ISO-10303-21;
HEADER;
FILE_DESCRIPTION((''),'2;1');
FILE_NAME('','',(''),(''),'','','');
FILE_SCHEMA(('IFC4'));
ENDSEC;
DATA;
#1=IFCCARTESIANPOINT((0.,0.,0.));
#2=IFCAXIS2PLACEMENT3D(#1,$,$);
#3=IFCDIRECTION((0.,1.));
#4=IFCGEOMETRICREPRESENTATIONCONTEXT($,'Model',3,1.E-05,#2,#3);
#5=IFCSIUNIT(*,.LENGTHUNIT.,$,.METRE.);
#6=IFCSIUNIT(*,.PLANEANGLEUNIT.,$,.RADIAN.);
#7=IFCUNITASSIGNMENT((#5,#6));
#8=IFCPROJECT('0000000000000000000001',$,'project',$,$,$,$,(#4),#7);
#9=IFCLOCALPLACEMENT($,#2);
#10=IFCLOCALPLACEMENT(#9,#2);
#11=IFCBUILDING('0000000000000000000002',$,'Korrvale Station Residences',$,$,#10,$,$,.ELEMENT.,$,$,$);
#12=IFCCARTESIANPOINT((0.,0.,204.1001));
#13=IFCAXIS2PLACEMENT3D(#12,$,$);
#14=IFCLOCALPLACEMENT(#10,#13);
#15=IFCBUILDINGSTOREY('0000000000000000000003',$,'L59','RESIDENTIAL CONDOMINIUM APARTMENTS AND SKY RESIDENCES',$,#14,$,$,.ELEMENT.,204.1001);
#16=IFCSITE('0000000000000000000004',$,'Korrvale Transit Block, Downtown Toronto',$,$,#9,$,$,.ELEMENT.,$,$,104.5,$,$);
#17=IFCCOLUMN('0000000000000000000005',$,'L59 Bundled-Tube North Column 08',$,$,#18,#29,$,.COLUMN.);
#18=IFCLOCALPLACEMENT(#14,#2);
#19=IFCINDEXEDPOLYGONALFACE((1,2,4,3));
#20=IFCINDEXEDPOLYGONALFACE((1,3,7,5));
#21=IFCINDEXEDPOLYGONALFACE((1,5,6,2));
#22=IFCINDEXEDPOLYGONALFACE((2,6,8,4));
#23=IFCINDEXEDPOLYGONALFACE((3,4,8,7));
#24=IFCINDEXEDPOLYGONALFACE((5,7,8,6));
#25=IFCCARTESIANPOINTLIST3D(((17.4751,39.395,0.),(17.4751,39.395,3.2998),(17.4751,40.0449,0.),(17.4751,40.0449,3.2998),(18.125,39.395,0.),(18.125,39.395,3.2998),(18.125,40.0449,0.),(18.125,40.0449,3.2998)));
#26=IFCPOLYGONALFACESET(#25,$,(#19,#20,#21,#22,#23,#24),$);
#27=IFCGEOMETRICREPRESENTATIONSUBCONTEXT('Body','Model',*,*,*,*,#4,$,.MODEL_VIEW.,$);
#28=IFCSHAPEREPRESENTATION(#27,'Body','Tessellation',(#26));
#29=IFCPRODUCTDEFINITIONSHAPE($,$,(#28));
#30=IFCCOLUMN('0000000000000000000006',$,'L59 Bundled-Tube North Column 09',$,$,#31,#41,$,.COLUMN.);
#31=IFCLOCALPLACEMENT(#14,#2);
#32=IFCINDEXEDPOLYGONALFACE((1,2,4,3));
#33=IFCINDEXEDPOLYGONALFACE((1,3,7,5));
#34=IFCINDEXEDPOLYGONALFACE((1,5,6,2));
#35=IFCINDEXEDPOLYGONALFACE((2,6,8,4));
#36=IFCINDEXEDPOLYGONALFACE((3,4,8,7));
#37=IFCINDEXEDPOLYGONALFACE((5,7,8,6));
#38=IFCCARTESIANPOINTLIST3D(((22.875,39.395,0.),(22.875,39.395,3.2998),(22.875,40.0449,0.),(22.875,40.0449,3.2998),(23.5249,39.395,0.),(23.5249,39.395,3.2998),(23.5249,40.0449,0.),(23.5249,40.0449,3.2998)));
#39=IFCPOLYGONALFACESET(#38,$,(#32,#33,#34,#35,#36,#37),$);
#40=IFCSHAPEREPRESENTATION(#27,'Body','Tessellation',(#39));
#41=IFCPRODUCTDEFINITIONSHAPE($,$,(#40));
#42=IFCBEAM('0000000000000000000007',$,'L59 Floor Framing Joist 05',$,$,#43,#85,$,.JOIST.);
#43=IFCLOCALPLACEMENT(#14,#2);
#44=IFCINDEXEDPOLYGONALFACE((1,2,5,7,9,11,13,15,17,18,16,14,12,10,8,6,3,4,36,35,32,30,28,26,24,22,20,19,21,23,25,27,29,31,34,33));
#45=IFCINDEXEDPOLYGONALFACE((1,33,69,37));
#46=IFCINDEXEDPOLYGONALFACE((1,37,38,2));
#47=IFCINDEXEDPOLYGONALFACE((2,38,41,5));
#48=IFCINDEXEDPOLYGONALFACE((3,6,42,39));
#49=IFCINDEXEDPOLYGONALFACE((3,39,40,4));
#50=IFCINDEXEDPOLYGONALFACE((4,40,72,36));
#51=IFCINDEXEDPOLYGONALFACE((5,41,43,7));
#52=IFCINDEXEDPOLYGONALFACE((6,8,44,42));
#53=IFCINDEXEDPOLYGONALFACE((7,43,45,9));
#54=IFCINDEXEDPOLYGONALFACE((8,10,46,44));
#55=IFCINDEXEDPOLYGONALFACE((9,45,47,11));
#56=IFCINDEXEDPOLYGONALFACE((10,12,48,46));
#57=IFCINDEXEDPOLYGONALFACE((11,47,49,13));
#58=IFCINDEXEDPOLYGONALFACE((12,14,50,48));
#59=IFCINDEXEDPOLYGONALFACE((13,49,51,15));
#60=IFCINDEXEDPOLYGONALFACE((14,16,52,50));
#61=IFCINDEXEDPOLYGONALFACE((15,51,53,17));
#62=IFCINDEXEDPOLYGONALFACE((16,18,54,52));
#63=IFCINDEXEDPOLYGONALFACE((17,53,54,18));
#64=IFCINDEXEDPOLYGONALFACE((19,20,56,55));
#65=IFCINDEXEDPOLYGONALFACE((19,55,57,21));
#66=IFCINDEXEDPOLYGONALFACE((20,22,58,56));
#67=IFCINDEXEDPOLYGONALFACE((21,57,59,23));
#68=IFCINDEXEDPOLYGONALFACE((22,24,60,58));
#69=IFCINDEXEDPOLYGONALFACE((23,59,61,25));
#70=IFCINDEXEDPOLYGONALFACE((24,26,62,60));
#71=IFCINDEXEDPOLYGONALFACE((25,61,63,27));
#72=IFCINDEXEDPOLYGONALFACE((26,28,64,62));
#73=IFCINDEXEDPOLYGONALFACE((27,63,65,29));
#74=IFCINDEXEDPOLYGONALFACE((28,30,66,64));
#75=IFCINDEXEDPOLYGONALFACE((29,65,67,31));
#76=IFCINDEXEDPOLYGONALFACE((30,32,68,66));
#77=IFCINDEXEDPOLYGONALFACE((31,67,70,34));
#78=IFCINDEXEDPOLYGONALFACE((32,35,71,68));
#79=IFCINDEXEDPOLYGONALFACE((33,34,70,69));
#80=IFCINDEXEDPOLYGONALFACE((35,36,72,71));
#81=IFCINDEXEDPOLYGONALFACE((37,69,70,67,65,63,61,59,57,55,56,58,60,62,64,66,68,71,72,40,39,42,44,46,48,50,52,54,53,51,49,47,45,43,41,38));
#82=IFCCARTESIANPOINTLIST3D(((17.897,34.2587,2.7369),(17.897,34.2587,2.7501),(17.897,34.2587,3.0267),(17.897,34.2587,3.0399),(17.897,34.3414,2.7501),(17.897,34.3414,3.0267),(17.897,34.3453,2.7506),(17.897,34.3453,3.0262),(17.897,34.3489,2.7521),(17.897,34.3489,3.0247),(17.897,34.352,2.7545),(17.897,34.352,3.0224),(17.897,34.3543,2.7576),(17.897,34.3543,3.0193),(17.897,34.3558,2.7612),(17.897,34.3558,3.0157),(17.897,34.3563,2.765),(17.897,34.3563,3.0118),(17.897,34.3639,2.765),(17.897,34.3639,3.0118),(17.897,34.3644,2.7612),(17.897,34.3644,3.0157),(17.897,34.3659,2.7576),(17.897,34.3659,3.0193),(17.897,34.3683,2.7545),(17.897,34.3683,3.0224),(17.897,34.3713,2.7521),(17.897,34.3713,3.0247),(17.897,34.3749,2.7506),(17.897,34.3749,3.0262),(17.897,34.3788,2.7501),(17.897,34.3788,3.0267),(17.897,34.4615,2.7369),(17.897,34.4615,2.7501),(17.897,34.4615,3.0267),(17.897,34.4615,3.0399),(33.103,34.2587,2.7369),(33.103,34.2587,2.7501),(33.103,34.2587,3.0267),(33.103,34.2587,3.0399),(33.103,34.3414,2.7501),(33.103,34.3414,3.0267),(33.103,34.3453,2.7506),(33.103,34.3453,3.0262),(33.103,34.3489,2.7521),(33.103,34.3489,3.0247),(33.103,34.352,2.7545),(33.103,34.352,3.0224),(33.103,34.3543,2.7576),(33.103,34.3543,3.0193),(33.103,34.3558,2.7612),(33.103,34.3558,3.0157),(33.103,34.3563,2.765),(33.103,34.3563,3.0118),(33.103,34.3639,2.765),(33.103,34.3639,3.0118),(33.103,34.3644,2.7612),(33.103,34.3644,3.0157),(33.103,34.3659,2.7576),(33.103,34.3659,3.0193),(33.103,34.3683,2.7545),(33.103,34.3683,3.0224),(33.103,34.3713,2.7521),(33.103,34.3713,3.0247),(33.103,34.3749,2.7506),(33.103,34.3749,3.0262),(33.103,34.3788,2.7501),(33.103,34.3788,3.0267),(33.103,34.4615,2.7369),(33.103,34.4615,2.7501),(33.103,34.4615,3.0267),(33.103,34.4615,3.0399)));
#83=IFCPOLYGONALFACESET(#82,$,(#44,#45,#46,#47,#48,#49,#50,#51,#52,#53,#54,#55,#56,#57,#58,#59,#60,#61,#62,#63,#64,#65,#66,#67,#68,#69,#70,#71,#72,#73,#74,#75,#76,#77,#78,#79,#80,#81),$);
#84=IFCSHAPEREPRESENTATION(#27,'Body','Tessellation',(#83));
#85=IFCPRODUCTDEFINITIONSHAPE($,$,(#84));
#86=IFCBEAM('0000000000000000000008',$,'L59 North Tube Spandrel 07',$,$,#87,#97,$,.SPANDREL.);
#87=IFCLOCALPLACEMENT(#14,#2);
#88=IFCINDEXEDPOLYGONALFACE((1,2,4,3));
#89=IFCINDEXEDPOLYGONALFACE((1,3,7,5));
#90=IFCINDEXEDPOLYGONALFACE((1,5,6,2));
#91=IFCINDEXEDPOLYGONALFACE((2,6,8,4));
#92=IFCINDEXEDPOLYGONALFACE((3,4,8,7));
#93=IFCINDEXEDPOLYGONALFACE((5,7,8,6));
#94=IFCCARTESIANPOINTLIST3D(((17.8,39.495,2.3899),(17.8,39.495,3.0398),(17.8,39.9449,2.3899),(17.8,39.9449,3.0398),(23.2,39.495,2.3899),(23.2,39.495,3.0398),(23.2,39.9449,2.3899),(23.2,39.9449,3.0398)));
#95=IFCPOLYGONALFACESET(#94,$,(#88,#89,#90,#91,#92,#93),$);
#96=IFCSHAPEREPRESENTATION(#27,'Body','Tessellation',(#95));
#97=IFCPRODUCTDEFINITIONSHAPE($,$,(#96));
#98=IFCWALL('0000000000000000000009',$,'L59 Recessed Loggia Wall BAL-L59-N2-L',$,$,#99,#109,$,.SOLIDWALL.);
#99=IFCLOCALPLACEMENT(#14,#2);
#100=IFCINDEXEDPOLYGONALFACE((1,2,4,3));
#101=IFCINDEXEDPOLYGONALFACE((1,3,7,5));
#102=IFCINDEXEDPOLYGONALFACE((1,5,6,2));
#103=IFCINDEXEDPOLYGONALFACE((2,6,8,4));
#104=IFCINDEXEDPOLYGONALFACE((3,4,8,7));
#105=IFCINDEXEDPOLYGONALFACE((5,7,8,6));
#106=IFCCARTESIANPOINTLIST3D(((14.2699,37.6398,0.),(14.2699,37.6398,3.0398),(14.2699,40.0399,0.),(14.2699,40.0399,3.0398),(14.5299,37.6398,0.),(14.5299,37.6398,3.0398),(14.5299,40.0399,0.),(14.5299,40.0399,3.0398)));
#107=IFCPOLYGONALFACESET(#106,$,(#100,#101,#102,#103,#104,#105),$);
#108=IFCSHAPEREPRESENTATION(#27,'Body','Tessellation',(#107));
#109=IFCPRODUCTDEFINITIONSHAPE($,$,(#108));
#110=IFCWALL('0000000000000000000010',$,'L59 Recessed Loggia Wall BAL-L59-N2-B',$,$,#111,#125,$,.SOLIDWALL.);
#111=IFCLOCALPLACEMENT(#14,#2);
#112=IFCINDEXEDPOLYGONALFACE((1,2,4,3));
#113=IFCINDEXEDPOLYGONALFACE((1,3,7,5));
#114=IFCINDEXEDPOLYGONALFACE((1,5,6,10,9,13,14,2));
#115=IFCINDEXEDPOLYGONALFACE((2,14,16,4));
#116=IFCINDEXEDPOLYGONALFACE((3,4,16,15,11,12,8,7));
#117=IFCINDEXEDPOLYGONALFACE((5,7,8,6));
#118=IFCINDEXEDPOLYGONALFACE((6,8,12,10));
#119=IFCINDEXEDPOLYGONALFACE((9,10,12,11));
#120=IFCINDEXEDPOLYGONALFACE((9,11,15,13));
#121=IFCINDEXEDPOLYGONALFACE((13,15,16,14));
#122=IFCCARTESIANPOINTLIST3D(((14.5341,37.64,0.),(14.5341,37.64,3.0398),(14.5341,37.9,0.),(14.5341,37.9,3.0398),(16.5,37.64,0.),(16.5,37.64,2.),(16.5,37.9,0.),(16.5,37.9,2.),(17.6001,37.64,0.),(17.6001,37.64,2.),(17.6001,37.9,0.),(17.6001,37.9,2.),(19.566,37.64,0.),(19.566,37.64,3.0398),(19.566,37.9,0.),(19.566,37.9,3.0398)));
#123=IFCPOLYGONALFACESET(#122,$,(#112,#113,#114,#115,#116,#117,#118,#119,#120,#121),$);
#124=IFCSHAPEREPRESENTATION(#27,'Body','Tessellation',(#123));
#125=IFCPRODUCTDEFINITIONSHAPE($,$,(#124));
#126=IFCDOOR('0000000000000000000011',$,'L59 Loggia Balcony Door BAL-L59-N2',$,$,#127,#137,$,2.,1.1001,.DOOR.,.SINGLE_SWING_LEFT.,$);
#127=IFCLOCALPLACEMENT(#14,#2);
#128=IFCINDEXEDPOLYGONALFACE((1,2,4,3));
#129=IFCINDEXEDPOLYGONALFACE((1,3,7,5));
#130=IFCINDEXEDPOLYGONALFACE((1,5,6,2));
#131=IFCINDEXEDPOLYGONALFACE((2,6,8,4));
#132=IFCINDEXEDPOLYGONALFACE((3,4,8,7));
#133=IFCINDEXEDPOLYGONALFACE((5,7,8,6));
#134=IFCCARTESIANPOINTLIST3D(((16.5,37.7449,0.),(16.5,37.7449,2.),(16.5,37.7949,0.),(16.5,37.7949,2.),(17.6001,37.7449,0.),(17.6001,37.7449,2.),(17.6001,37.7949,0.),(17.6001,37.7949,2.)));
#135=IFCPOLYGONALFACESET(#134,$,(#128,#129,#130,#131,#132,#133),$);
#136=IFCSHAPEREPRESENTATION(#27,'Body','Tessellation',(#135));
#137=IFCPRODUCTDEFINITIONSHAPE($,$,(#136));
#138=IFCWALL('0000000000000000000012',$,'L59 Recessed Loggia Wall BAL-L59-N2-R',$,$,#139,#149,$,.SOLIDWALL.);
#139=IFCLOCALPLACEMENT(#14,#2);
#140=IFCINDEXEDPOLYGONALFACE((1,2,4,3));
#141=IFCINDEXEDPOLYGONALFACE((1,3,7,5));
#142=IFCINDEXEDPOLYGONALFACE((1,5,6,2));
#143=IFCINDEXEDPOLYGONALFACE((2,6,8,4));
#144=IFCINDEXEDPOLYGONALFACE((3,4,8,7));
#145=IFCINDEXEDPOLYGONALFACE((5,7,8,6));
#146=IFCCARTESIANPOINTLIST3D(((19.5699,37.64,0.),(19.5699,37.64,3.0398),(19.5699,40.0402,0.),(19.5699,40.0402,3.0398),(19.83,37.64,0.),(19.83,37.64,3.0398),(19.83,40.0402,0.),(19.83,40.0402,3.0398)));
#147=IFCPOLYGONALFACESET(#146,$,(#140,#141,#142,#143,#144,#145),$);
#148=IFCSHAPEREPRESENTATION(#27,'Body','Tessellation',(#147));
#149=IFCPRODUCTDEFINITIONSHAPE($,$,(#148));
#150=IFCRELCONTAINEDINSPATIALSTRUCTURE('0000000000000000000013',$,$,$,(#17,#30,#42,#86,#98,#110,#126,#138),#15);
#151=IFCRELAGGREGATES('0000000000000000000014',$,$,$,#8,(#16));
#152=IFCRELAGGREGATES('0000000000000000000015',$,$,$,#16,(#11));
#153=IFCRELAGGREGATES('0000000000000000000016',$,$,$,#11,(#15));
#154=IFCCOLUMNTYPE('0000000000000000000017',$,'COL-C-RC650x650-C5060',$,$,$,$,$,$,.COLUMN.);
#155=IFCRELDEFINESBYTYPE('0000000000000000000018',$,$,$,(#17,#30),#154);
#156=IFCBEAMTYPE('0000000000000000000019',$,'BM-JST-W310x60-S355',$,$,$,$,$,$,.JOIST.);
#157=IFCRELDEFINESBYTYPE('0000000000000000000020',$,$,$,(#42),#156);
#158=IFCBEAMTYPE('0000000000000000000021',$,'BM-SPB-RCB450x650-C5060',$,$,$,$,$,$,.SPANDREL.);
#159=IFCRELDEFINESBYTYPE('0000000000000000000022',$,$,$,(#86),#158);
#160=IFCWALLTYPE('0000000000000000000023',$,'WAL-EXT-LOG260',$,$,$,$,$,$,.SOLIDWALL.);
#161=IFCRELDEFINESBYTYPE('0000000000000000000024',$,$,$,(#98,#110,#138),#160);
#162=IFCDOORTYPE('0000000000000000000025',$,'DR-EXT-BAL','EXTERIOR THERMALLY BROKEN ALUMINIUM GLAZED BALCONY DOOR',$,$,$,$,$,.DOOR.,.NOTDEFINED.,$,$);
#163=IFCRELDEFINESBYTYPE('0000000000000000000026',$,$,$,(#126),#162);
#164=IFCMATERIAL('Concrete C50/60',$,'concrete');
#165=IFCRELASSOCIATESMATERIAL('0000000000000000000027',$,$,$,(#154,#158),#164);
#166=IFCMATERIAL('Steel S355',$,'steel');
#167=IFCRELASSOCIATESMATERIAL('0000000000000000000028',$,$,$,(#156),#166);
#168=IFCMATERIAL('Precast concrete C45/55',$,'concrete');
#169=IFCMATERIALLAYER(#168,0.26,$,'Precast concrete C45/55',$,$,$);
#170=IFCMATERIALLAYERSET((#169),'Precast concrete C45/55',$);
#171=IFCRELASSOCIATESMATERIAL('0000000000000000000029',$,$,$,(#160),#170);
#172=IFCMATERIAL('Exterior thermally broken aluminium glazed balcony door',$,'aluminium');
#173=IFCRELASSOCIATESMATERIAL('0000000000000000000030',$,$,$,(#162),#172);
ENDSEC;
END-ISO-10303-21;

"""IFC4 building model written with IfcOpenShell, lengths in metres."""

from ifc_helpers import new_model, si_unit, direction, frame, frame_2d, origin, origin_2d, place, context, subcontext, project, spatial, rectangle, i_section, extrude, material, layer, layer_set, material_profile, profile_set, type_object, element, fill, save


model = new_model("IFC4")

# Units and contexts
model_context = context("Model", 3, precision=1e-05, world=origin(), true_north=direction((0.0, 1.0)))
body_context = subcontext(model_context, "Body", "Model", "MODEL_VIEW")
ifc_project = project(units=[si_unit("LENGTHUNIT", "METRE"), si_unit("PLANEANGLEUNIT", "RADIAN")], contexts=[model_context])

# Site, building, storey
site_placement = place(None, origin())
site = spatial("IfcSite", under=ifc_project, at=site_placement, Name="Korrvale Transit Block, Downtown Toronto", CompositionType="ELEMENT", RefElevation=104.5)
building_placement = place(site_placement, origin())
building = spatial("IfcBuilding", under=site, at=building_placement, Name="Korrvale Station Residences", CompositionType="ELEMENT")
storey_placement = place(building_placement, frame((0.0, 0.0, 204.1001)))
storey = spatial("IfcBuildingStorey", under=building, at=storey_placement, Name="L59", Description="RESIDENTIAL CONDOMINIUM APARTMENTS AND SKY RESIDENCES", CompositionType="ELEMENT", Elevation=204.1001)

# Columns
ifc_material_1 = material(Name="Concrete C50/60", Category="concrete")
ifc_material_profile_1 = material_profile(ifc_material_1, rectangle(XDim=0.6499, YDim=0.6499, at=origin_2d()), Name="RC650x650")
ifc_profile_set_1 = profile_set([ifc_material_profile_1], Name="Concrete C50/60")
column_type = type_object("IfcColumnType", Name="COL-C-RC650x650-C5060", PredefinedType="COLUMN", material=ifc_profile_set_1)
for number, where, z_axis, x_axis, name in (
    (1, (17.8, 39.72, 0.0), (0.0, 0.0, 1.0), (1.0, 0.0, 0.0), "L59 Bundled-Tube North Column 08"),
    (2, (23.2, 39.72, 0.0), (0.0, 0.0, 1.0), (1.0, 0.0, 0.0), "L59 Bundled-Tube North Column 09"),
):
    element("IfcColumn", number, at=place(storey_placement, frame(where, z_axis=z_axis, x_axis=x_axis)), inside=storey, type_object=column_type, Name=name, PredefinedType="COLUMN", context=body_context, shape_type="SweptSolid", body=[
        extrude(rectangle(XDim=0.6499, YDim=0.6499, at=origin_2d()), origin(), (0.0, 0.0, 1.0), 3.2998),
    ])

# Beams
ifc_material_2 = material(Name="Steel S355", Category="steel")
ifc_material_profile_2 = material_profile(ifc_material_2, i_section(OverallWidth=0.2029, OverallDepth=0.303, WebThickness=0.0076, FlangeThickness=0.0132, FilletRadius=0.0149, at=origin_2d()), Name="W310x60")
ifc_profile_set_2 = profile_set([ifc_material_profile_2], Name="Steel S355")
beam_type_1 = type_object("IfcBeamType", Name="BM-JST-W310x60-S355", PredefinedType="JOIST", material=ifc_profile_set_2)
beam_1_placement = place(storey_placement, frame((17.897, 34.3601, 2.8884), z_axis=(1.0, 0.0, 0.0), x_axis=(0.0, 1.0, 0.0)))
element("IfcBeam", 3, at=beam_1_placement, inside=storey, type_object=beam_type_1, Name="L59 Floor Framing Joist 05", PredefinedType="JOIST", context=body_context, shape_type="SweptSolid", body=[
    extrude(i_section(OverallWidth=0.2029, OverallDepth=0.303, WebThickness=0.0076, FlangeThickness=0.0132, FilletRadius=0.0149, at=origin_2d()), origin(), (0.0, 0.0, 1.0), 15.2061),
])
ifc_material_profile_3 = material_profile(ifc_material_1, rectangle(XDim=0.45, YDim=0.6499, at=origin_2d()), Name="RCB450x650")
ifc_profile_set_3 = profile_set([ifc_material_profile_3], Name="Concrete C50/60")
beam_type_2 = type_object("IfcBeamType", Name="BM-SPB-RCB450x650-C5060", PredefinedType="SPANDREL", material=ifc_profile_set_3)
beam_2_placement = place(storey_placement, frame((17.8, 39.72, 2.7148), z_axis=(1.0, 0.0, 0.0), x_axis=(0.0, 1.0, 0.0)))
element("IfcBeam", 4, at=beam_2_placement, inside=storey, type_object=beam_type_2, Name="L59 North Tube Spandrel 07", PredefinedType="SPANDREL", context=body_context, shape_type="SweptSolid", body=[
    extrude(rectangle(XDim=0.45, YDim=0.6499, at=origin_2d()), origin(), (0.0, 0.0, 1.0), 5.3999),
])

# Wall
ifc_material_3 = material(Name="Precast concrete C45/55", Category="concrete")
ifc_layer_1 = layer(ifc_material_3, 0.26, Name="Precast concrete C45/55")
ifc_layer_set_1 = layer_set([ifc_layer_1], Name="Precast concrete C45/55")
wall_type_1 = type_object("IfcWallType", Name="WAL-EXT-LOG260", PredefinedType="SOLIDWALL", material=ifc_layer_set_1)
wall_1_placement = place(storey_placement, frame((14.3999, 40.04, 0.0), z_axis=(0.0, 0.0, 1.0), x_axis=(0.0, -1.0, 0.0)))
element("IfcWall", 5, at=wall_1_placement, inside=storey, type_object=wall_type_1, Name="L59 Recessed Loggia Wall BAL-L59-N2-L", PredefinedType="SOLIDWALL", context=body_context, shape_type="SweptSolid", body=[
    extrude(rectangle(XDim=2.4001, YDim=0.26, at=frame_2d((1.2002, 0.0))), origin(), (0.0, 0.0, 1.0), 3.0398),
])

# Wall, opening, door
wall_2_placement = place(storey_placement, frame((14.5339, 37.77, 0.0), z_axis=(0.0, 0.0, 1.0), x_axis=(1.0, 0.0, 0.0)))
wall_2 = element("IfcWall", 6, at=wall_2_placement, inside=storey, type_object=wall_type_1, Name="L59 Recessed Loggia Wall BAL-L59-N2-B", PredefinedType="SOLIDWALL", context=body_context, shape_type="SweptSolid", body=[
    extrude(rectangle(XDim=5.032, YDim=0.26, at=frame_2d((2.5161, 0.0))), origin(), (0.0, 0.0, 1.0), 3.0398),
])
opening_1_placement = place(wall_2_placement, frame((1.9661, 0.0, 0.0)))
opening_1 = element("IfcOpeningElement", 7, at=opening_1_placement, cuts=wall_2, PredefinedType="OPENING", context=body_context, shape_type="SweptSolid", body=[
    extrude(rectangle(XDim=1.1001, YDim=2.0, at=frame_2d((0.55, 1.0))), frame((0.0, 0.1401, 0.0), z_axis=(0.0, -1.0, 0.0), x_axis=(1.0, 0.0, 0.0)), (0.0, 0.0, 1.0), 0.28),
])
ifc_material_4 = material(Name="Exterior thermally broken aluminium glazed balcony door", Category="aluminium")
door_type_1 = type_object("IfcDoorType", Name="DR-EXT-BAL", Description="EXTERIOR THERMALLY BROKEN ALUMINIUM GLAZED BALCONY DOOR", OperationType="NOTDEFINED", PredefinedType="DOOR", material=ifc_material_4)
door_1_placement = place(opening_1_placement, origin())
door_1 = element("IfcDoor", 8, at=door_1_placement, inside=storey, type_object=door_type_1, Name="L59 Loggia Balcony Door BAL-L59-N2", OperationType="SINGLE_SWING_LEFT", OverallHeight=2.0, OverallWidth=1.1001, PredefinedType="DOOR", context=body_context, shape_type="SweptSolid", body=[
    extrude(rectangle(XDim=1.1001, YDim=2.0, at=frame_2d((0.55, 1.0))), frame((0.0, 0.0249, 0.0), z_axis=(0.0, -1.0, 0.0), x_axis=(1.0, 0.0, 0.0)), (0.0, 0.0, 1.0), 0.05),
])
fill(opening_1, door_1)

# Wall
wall_3_placement = place(storey_placement, frame((19.7, 37.6399, 0.0), z_axis=(0.0, 0.0, 1.0), x_axis=(0.0, 1.0, 0.0)))
element("IfcWall", 9, at=wall_3_placement, inside=storey, type_object=wall_type_1, Name="L59 Recessed Loggia Wall BAL-L59-N2-R", PredefinedType="SOLIDWALL", context=body_context, shape_type="SweptSolid", body=[
    extrude(rectangle(XDim=2.4001, YDim=0.26, at=frame_2d((1.2002, 0.0))), origin(), (0.0, 0.0, 1.0), 3.0398),
])

save(model, "model.ifc")
